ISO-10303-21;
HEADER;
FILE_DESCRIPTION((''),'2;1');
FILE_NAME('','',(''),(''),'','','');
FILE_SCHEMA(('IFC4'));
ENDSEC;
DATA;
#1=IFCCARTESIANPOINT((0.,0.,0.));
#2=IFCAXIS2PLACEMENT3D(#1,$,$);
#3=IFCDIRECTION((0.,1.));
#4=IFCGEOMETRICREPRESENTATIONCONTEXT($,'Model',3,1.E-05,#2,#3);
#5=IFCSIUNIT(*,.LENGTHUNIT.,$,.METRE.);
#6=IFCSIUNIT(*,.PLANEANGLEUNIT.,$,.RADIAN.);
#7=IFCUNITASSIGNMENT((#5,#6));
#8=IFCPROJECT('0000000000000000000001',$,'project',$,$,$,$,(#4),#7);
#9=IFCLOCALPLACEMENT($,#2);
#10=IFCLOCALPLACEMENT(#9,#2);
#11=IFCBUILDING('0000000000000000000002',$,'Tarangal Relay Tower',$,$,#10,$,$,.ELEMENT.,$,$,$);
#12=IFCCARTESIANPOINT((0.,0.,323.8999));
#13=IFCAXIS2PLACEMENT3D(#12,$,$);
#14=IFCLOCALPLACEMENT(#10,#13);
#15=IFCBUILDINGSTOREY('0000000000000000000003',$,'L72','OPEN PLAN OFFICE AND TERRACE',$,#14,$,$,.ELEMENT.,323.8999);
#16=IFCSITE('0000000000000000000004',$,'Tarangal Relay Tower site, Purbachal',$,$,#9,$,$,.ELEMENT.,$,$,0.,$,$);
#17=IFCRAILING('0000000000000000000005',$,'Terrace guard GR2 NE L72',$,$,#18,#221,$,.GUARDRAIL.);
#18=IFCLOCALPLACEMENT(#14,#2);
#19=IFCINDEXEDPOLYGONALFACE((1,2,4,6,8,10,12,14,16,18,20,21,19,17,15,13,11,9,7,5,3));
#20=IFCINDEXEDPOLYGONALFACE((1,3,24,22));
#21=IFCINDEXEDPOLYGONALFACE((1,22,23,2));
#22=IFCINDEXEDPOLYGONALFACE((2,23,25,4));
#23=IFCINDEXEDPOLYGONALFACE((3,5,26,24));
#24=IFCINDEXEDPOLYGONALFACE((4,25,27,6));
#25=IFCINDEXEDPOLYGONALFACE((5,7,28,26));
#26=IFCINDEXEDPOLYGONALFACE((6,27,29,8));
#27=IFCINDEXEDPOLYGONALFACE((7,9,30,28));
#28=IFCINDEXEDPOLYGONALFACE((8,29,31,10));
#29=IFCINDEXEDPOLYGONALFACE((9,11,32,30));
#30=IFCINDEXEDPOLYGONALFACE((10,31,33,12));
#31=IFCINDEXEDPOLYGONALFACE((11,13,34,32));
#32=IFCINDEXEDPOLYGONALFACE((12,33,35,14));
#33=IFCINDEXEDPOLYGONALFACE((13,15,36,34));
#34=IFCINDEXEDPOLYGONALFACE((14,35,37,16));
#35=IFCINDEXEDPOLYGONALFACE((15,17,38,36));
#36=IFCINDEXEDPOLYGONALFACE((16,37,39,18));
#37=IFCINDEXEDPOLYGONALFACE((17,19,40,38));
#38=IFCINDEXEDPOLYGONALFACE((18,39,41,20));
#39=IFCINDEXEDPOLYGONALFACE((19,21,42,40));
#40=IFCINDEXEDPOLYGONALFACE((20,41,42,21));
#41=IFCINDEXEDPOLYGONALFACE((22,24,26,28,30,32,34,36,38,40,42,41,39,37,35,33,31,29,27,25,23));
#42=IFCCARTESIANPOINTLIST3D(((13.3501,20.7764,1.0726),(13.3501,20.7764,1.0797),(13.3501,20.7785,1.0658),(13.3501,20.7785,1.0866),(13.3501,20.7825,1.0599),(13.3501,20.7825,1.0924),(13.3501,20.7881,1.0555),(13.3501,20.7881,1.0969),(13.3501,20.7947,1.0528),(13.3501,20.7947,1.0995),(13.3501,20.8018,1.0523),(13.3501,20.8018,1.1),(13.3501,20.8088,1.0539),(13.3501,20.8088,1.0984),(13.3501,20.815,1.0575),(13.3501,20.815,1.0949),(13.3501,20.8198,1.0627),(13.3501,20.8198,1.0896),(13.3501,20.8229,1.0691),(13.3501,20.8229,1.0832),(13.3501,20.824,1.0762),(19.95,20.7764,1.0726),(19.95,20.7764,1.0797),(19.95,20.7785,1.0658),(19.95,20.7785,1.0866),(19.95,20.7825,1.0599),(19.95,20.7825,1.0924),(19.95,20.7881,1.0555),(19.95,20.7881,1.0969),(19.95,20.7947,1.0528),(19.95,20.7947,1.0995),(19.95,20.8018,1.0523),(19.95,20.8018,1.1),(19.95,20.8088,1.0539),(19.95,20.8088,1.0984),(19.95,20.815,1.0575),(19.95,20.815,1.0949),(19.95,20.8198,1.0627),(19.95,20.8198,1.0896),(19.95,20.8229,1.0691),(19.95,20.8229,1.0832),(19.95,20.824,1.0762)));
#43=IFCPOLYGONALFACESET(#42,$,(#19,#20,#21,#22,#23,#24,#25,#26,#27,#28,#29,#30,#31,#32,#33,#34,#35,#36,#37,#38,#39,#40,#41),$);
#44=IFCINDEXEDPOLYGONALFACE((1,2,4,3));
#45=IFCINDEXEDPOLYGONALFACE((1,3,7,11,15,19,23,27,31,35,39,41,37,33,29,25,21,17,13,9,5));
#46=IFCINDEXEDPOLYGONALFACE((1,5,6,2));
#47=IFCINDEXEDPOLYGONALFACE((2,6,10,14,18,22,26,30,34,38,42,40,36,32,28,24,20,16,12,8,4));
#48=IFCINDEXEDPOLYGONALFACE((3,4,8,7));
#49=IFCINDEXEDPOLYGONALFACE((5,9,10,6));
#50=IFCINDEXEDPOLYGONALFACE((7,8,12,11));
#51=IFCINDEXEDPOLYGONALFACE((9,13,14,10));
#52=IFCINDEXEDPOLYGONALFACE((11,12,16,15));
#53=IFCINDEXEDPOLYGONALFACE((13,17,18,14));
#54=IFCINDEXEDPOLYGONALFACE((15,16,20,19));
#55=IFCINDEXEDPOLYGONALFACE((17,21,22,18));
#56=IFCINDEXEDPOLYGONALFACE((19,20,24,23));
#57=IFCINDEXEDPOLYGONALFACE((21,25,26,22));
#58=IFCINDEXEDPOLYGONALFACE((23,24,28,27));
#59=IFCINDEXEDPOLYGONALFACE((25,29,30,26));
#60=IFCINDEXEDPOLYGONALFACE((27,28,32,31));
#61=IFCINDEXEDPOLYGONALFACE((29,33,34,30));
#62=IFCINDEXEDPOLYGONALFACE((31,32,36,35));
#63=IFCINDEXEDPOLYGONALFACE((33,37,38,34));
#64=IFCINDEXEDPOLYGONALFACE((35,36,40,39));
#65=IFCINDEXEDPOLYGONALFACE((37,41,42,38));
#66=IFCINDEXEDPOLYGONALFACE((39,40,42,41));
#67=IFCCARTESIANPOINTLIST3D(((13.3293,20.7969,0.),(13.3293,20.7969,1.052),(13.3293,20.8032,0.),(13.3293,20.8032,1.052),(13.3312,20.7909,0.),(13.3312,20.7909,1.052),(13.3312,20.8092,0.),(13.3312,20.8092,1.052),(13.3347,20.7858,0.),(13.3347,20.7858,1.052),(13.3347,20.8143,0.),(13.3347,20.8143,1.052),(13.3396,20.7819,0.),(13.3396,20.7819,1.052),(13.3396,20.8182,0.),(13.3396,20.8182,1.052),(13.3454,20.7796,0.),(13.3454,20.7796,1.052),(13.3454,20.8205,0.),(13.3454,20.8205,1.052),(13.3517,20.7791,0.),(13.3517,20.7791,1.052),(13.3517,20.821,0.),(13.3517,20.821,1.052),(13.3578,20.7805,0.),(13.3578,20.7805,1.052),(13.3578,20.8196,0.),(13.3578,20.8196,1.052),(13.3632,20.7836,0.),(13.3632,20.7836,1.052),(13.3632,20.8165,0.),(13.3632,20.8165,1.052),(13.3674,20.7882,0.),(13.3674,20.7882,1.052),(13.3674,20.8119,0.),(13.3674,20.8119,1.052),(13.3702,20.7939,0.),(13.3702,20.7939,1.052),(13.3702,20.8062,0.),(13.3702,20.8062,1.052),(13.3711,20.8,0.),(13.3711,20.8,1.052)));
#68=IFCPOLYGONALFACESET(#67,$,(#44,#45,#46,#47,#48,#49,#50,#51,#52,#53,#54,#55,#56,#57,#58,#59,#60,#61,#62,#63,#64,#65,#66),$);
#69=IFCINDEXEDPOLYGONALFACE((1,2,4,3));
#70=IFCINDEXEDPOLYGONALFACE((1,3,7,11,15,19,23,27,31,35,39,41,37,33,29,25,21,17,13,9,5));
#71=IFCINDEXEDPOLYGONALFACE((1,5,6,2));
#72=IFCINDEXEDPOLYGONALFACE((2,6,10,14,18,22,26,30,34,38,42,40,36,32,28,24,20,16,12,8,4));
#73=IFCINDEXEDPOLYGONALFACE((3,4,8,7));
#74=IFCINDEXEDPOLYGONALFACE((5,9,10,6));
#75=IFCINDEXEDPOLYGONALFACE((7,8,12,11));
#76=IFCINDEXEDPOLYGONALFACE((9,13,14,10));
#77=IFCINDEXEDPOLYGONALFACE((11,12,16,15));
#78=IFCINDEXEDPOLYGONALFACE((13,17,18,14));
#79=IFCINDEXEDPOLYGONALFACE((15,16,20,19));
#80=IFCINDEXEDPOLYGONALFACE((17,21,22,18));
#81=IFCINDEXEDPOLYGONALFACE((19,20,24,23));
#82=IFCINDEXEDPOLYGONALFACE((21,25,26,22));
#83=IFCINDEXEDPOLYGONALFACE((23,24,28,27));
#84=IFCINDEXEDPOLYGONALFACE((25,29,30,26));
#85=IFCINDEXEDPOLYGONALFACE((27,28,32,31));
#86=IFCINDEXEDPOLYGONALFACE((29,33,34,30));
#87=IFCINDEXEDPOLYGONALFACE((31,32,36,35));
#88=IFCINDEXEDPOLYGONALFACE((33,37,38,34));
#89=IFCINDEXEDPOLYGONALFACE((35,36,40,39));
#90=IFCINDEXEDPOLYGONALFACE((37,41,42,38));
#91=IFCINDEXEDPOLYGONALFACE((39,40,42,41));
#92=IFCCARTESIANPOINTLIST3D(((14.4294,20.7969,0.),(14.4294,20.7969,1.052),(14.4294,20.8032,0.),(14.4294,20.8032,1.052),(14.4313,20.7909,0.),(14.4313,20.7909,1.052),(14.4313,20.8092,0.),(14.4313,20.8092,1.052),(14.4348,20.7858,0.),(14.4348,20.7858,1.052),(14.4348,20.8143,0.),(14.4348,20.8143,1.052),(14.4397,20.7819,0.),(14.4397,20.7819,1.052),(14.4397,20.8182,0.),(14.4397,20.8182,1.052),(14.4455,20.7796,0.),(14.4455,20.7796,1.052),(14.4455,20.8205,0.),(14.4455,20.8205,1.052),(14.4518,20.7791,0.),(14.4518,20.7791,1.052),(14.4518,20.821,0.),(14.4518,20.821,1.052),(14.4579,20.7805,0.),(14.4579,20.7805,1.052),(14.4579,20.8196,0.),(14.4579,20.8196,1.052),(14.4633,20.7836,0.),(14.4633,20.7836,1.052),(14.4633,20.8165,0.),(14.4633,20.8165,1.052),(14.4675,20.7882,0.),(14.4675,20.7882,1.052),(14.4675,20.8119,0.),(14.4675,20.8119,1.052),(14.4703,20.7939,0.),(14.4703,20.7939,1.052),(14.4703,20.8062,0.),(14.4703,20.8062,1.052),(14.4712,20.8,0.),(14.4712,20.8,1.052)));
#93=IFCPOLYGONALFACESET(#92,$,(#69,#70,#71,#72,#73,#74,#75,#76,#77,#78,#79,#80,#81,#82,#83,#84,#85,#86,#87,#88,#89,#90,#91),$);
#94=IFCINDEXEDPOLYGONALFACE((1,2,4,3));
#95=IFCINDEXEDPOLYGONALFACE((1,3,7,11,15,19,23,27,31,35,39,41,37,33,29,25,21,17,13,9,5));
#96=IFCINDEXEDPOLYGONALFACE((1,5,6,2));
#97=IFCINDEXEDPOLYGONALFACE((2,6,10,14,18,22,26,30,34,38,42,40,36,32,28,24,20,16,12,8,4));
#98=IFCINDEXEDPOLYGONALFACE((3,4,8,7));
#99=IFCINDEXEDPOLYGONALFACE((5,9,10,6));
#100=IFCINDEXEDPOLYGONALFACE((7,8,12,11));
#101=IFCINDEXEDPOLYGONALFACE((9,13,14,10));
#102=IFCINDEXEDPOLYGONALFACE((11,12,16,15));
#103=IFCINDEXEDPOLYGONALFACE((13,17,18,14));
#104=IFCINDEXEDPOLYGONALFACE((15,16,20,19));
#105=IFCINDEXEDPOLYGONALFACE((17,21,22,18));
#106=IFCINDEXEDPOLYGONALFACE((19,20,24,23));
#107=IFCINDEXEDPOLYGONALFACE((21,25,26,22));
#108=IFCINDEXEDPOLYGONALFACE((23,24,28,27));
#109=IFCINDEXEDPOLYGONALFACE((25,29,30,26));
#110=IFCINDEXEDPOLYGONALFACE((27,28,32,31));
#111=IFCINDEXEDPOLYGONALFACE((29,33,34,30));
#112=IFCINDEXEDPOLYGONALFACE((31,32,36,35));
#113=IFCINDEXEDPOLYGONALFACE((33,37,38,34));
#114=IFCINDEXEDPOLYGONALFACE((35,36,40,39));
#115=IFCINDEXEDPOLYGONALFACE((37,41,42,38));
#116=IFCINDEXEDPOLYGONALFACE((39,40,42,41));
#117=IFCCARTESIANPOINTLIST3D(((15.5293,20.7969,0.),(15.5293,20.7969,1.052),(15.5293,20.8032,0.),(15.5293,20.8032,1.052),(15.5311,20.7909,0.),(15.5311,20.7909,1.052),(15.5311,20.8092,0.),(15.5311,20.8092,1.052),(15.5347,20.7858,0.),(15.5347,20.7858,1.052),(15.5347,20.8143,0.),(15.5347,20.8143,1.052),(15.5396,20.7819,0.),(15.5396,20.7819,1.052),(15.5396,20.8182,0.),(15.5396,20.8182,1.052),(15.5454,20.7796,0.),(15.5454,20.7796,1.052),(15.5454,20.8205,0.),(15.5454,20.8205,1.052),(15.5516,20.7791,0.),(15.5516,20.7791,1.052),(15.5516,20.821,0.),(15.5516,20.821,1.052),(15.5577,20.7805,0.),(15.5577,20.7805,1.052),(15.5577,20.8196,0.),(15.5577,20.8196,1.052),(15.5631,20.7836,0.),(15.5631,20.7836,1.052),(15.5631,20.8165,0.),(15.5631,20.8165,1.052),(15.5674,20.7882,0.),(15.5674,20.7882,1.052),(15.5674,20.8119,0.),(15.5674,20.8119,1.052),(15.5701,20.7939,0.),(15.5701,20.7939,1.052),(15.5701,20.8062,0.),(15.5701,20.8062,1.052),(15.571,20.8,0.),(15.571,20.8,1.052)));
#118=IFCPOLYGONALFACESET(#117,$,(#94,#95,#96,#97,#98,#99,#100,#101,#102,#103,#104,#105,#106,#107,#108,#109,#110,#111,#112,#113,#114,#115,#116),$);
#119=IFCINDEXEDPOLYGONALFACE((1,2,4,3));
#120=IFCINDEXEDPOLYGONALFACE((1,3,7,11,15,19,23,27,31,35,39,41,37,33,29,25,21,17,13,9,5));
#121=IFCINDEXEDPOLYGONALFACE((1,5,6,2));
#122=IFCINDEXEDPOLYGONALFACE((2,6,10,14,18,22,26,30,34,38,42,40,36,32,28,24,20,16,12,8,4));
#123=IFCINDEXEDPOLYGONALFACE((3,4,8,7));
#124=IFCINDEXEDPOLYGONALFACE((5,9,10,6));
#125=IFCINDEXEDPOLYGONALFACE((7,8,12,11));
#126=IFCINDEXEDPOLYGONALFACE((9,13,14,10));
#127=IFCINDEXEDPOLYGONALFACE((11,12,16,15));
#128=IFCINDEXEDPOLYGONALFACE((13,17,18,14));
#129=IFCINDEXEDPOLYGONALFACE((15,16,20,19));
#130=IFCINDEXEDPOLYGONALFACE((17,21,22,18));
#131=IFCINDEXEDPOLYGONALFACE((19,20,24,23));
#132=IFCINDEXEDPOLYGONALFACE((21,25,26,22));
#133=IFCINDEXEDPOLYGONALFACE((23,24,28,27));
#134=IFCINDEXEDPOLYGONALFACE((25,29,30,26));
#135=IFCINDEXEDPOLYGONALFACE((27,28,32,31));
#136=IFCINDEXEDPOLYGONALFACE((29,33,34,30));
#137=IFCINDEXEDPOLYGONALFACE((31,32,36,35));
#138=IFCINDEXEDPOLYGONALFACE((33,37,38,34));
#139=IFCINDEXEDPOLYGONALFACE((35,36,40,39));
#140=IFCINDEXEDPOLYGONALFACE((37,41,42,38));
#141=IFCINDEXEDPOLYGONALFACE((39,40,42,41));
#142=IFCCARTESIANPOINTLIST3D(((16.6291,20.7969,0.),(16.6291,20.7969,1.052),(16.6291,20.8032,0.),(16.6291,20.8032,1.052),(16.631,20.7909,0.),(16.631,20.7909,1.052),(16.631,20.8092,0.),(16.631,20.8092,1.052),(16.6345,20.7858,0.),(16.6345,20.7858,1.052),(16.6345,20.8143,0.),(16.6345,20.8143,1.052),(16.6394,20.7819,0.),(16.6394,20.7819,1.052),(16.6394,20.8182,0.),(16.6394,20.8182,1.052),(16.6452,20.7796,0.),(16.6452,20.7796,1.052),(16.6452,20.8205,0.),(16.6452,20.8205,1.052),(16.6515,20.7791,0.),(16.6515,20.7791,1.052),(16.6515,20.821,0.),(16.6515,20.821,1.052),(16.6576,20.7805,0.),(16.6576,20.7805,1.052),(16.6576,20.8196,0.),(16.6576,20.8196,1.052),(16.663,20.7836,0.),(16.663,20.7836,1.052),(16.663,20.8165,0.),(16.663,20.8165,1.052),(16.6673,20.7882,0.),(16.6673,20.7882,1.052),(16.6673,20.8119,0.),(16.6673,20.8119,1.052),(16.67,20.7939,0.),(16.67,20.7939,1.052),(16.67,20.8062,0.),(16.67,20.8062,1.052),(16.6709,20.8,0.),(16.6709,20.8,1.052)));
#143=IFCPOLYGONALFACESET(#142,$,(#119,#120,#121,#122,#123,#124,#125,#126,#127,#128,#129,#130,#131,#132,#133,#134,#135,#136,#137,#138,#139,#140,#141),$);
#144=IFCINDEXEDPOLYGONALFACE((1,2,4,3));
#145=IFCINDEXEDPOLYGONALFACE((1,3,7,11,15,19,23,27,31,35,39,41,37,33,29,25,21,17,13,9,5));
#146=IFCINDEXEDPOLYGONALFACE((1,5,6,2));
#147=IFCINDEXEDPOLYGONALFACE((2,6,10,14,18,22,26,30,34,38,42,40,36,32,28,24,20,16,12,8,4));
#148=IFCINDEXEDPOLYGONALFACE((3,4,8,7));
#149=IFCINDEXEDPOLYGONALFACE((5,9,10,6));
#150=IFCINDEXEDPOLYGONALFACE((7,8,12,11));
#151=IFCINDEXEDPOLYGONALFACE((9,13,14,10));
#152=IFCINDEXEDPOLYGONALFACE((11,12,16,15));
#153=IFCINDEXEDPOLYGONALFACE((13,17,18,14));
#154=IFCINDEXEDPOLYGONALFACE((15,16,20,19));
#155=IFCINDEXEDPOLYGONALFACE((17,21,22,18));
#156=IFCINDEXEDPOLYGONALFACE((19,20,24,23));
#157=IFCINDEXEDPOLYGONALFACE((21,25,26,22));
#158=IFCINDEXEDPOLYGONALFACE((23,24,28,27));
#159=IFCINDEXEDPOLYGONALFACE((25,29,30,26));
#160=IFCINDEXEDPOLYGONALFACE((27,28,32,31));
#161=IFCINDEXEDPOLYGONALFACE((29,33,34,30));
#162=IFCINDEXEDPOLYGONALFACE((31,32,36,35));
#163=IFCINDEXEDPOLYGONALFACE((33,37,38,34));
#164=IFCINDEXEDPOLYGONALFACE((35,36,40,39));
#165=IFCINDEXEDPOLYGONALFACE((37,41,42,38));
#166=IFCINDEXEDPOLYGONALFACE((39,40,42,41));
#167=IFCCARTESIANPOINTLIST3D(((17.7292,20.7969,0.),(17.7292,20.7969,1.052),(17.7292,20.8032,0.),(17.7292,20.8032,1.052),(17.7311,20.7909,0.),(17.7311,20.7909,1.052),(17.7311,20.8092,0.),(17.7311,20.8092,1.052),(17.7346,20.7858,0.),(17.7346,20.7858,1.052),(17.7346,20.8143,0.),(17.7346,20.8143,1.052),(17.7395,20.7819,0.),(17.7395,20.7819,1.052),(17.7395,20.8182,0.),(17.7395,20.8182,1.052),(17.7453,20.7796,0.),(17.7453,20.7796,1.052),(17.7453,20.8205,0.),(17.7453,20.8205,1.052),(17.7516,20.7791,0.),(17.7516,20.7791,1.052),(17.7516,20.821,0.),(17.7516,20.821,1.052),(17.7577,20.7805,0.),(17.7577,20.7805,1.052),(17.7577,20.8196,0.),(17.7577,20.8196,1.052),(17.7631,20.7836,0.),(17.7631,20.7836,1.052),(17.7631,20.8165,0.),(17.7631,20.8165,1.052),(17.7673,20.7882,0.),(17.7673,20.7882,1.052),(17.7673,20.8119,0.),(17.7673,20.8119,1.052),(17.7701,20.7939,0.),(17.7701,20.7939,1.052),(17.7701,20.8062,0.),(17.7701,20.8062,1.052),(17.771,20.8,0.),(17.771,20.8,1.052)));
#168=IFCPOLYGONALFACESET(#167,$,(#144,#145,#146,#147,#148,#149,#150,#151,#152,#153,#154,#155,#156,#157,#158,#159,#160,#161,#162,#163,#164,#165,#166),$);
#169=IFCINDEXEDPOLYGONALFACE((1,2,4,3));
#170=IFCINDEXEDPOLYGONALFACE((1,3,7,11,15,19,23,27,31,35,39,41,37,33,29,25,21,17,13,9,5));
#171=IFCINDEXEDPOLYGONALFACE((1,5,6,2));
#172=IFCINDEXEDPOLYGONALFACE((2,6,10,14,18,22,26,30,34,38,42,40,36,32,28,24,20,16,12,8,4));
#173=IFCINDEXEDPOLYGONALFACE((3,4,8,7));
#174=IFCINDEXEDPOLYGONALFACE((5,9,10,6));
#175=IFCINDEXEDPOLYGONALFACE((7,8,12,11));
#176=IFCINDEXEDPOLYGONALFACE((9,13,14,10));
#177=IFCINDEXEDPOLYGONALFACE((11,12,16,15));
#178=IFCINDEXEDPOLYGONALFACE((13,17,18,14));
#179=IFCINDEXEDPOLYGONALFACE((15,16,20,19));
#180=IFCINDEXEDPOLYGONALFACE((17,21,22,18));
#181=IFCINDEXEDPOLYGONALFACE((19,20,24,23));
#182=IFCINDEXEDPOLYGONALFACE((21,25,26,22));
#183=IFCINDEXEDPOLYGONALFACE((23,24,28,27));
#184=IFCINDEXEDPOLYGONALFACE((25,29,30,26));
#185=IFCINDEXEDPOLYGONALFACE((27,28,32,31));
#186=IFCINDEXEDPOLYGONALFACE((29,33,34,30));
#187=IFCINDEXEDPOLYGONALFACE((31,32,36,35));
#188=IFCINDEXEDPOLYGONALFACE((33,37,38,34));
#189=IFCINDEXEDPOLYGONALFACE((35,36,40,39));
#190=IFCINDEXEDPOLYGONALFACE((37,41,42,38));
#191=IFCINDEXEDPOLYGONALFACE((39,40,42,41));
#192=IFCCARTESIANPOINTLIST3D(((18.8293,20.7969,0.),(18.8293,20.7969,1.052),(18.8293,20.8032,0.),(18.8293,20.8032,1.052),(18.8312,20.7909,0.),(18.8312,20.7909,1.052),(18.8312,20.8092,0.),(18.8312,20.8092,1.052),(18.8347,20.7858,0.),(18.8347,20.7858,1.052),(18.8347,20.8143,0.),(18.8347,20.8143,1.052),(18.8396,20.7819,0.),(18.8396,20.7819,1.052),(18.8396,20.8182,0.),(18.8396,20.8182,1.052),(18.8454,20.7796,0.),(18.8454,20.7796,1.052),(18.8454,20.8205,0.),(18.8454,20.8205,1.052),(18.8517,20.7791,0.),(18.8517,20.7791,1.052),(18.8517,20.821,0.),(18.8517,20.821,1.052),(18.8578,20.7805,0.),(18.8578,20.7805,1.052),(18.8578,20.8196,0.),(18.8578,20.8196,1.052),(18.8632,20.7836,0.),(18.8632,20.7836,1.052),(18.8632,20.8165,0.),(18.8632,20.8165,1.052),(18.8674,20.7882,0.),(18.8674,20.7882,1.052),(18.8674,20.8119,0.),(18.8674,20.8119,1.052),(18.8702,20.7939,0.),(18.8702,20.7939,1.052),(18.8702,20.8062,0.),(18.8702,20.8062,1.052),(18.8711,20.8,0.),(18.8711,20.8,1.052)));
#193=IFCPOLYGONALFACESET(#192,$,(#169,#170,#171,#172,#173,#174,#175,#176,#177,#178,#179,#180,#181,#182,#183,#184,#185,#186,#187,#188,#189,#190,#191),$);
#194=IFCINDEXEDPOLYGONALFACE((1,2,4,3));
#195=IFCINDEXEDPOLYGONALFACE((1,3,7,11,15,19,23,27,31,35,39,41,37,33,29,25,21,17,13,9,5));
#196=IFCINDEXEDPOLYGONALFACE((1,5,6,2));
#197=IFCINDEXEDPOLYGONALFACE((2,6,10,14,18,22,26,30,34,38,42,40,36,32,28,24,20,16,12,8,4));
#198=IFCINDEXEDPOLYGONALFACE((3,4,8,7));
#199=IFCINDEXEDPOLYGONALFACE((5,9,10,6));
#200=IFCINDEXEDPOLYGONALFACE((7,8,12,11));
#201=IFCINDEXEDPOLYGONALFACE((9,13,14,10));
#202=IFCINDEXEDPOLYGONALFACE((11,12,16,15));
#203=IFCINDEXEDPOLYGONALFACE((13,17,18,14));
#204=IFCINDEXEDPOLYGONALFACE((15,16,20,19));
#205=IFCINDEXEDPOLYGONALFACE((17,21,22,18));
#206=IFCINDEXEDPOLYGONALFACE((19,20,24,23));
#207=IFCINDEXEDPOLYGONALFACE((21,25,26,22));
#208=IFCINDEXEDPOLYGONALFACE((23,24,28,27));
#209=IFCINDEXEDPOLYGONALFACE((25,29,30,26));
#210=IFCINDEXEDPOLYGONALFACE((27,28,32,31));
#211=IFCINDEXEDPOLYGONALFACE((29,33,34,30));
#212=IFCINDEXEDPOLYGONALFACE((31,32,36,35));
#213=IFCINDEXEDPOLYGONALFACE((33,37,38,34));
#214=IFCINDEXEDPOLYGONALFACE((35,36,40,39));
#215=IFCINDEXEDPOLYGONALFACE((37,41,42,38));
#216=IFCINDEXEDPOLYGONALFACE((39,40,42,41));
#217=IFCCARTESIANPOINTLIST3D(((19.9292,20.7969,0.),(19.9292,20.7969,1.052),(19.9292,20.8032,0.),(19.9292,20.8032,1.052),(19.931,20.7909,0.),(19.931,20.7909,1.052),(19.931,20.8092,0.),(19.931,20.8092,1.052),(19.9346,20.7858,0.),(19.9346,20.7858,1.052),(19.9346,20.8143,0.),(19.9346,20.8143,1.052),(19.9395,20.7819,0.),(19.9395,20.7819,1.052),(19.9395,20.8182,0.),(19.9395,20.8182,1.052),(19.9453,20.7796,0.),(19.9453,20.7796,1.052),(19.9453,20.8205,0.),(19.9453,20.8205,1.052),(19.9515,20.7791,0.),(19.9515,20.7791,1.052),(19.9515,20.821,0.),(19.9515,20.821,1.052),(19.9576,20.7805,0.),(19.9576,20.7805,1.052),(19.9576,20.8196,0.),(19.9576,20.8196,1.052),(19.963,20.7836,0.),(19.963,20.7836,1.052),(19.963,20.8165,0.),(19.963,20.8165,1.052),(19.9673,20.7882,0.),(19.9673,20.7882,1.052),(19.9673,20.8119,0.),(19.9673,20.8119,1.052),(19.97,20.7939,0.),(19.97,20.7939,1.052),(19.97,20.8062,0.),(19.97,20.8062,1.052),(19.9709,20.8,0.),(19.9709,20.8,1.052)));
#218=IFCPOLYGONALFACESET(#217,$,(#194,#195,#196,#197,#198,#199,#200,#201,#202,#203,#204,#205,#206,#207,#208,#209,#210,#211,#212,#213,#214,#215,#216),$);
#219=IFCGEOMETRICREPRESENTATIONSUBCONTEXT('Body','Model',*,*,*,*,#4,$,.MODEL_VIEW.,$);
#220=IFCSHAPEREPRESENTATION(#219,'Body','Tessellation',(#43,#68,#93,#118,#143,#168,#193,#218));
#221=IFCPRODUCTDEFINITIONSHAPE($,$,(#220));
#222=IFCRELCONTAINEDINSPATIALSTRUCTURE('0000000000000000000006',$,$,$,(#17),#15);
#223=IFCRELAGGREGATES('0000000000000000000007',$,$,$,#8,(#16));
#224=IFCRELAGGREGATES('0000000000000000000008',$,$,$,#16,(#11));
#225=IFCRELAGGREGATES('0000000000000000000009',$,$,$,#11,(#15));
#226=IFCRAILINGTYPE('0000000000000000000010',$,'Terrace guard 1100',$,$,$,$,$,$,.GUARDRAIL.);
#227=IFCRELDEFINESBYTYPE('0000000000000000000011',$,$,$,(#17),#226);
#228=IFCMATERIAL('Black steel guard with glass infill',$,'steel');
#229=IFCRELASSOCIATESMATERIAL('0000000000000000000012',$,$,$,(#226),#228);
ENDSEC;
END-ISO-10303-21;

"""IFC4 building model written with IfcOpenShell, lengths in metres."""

from ifc_helpers import new_model, si_unit, direction, frame, origin, origin_2d, place, context, subcontext, project, spatial, circle, extrude, material, type_object, element, save


model = new_model("IFC4")

# Units and contexts
model_context = context("Model", 3, precision=1e-05, world=origin(), true_north=direction((0.0, 1.0)))
body_context = subcontext(model_context, "Body", "Model", "MODEL_VIEW")
ifc_project = project(units=[si_unit("LENGTHUNIT", "METRE"), si_unit("PLANEANGLEUNIT", "RADIAN")], contexts=[model_context])

# Site, building, storey
site_placement = place(None, origin())
site = spatial("IfcSite", under=ifc_project, at=site_placement, Name="Tarangal Relay Tower site, Purbachal", CompositionType="ELEMENT", RefElevation=0.0)
building_placement = place(site_placement, origin())
building = spatial("IfcBuilding", under=site, at=building_placement, Name="Tarangal Relay Tower", CompositionType="ELEMENT")
storey_placement = place(building_placement, frame((0.0, 0.0, 323.8999)))
storey = spatial("IfcBuildingStorey", under=building, at=storey_placement, Name="L72", Description="OPEN PLAN OFFICE AND TERRACE", CompositionType="ELEMENT", Elevation=323.8999)

# Railing
ifc_material_1 = material(Name="Black steel guard with glass infill", Category="steel")
railing_type = type_object("IfcRailingType", Name="Terrace guard 1100", PredefinedType="GUARDRAIL", material=ifc_material_1)
railing_1_placement = place(storey_placement, frame((13.3501, 20.8, 0.0)))
element("IfcRailing", 1, at=railing_1_placement, inside=storey, type_object=railing_type, Name="Terrace guard GR2 NE L72", PredefinedType="GUARDRAIL", context=body_context, shape_type="SweptSolid", body=[
    extrude(circle(Radius=0.0239, at=origin_2d()), frame((0.0, 0.0, 1.0762), z_axis=(1.0, 0.0, 0.0), x_axis=(0.0, 1.0, 0.0)), (0.0, 0.0, 1.0), 6.5999),
    extrude(circle(Radius=0.021, at=origin_2d()), origin(), (0.0, 0.0, 1.0), 1.052),
    extrude(circle(Radius=0.021, at=origin_2d()), frame((1.1001, 0.0, 0.0)), (0.0, 0.0, 1.0), 1.052),
    extrude(circle(Radius=0.021, at=origin_2d()), frame((2.2, 0.0, 0.0)), (0.0, 0.0, 1.0), 1.052),
    extrude(circle(Radius=0.021, at=origin_2d()), frame((3.2998, 0.0, 0.0)), (0.0, 0.0, 1.0), 1.052),
    extrude(circle(Radius=0.021, at=origin_2d()), frame((4.3999, 0.0, 0.0)), (0.0, 0.0, 1.0), 1.052),
    extrude(circle(Radius=0.021, at=origin_2d()), frame((5.5, 0.0, 0.0)), (0.0, 0.0, 1.0), 1.052),
    extrude(circle(Radius=0.021, at=origin_2d()), frame((6.5999, 0.0, 0.0)), (0.0, 0.0, 1.0), 1.052),
])

save(model, "model.ifc")
